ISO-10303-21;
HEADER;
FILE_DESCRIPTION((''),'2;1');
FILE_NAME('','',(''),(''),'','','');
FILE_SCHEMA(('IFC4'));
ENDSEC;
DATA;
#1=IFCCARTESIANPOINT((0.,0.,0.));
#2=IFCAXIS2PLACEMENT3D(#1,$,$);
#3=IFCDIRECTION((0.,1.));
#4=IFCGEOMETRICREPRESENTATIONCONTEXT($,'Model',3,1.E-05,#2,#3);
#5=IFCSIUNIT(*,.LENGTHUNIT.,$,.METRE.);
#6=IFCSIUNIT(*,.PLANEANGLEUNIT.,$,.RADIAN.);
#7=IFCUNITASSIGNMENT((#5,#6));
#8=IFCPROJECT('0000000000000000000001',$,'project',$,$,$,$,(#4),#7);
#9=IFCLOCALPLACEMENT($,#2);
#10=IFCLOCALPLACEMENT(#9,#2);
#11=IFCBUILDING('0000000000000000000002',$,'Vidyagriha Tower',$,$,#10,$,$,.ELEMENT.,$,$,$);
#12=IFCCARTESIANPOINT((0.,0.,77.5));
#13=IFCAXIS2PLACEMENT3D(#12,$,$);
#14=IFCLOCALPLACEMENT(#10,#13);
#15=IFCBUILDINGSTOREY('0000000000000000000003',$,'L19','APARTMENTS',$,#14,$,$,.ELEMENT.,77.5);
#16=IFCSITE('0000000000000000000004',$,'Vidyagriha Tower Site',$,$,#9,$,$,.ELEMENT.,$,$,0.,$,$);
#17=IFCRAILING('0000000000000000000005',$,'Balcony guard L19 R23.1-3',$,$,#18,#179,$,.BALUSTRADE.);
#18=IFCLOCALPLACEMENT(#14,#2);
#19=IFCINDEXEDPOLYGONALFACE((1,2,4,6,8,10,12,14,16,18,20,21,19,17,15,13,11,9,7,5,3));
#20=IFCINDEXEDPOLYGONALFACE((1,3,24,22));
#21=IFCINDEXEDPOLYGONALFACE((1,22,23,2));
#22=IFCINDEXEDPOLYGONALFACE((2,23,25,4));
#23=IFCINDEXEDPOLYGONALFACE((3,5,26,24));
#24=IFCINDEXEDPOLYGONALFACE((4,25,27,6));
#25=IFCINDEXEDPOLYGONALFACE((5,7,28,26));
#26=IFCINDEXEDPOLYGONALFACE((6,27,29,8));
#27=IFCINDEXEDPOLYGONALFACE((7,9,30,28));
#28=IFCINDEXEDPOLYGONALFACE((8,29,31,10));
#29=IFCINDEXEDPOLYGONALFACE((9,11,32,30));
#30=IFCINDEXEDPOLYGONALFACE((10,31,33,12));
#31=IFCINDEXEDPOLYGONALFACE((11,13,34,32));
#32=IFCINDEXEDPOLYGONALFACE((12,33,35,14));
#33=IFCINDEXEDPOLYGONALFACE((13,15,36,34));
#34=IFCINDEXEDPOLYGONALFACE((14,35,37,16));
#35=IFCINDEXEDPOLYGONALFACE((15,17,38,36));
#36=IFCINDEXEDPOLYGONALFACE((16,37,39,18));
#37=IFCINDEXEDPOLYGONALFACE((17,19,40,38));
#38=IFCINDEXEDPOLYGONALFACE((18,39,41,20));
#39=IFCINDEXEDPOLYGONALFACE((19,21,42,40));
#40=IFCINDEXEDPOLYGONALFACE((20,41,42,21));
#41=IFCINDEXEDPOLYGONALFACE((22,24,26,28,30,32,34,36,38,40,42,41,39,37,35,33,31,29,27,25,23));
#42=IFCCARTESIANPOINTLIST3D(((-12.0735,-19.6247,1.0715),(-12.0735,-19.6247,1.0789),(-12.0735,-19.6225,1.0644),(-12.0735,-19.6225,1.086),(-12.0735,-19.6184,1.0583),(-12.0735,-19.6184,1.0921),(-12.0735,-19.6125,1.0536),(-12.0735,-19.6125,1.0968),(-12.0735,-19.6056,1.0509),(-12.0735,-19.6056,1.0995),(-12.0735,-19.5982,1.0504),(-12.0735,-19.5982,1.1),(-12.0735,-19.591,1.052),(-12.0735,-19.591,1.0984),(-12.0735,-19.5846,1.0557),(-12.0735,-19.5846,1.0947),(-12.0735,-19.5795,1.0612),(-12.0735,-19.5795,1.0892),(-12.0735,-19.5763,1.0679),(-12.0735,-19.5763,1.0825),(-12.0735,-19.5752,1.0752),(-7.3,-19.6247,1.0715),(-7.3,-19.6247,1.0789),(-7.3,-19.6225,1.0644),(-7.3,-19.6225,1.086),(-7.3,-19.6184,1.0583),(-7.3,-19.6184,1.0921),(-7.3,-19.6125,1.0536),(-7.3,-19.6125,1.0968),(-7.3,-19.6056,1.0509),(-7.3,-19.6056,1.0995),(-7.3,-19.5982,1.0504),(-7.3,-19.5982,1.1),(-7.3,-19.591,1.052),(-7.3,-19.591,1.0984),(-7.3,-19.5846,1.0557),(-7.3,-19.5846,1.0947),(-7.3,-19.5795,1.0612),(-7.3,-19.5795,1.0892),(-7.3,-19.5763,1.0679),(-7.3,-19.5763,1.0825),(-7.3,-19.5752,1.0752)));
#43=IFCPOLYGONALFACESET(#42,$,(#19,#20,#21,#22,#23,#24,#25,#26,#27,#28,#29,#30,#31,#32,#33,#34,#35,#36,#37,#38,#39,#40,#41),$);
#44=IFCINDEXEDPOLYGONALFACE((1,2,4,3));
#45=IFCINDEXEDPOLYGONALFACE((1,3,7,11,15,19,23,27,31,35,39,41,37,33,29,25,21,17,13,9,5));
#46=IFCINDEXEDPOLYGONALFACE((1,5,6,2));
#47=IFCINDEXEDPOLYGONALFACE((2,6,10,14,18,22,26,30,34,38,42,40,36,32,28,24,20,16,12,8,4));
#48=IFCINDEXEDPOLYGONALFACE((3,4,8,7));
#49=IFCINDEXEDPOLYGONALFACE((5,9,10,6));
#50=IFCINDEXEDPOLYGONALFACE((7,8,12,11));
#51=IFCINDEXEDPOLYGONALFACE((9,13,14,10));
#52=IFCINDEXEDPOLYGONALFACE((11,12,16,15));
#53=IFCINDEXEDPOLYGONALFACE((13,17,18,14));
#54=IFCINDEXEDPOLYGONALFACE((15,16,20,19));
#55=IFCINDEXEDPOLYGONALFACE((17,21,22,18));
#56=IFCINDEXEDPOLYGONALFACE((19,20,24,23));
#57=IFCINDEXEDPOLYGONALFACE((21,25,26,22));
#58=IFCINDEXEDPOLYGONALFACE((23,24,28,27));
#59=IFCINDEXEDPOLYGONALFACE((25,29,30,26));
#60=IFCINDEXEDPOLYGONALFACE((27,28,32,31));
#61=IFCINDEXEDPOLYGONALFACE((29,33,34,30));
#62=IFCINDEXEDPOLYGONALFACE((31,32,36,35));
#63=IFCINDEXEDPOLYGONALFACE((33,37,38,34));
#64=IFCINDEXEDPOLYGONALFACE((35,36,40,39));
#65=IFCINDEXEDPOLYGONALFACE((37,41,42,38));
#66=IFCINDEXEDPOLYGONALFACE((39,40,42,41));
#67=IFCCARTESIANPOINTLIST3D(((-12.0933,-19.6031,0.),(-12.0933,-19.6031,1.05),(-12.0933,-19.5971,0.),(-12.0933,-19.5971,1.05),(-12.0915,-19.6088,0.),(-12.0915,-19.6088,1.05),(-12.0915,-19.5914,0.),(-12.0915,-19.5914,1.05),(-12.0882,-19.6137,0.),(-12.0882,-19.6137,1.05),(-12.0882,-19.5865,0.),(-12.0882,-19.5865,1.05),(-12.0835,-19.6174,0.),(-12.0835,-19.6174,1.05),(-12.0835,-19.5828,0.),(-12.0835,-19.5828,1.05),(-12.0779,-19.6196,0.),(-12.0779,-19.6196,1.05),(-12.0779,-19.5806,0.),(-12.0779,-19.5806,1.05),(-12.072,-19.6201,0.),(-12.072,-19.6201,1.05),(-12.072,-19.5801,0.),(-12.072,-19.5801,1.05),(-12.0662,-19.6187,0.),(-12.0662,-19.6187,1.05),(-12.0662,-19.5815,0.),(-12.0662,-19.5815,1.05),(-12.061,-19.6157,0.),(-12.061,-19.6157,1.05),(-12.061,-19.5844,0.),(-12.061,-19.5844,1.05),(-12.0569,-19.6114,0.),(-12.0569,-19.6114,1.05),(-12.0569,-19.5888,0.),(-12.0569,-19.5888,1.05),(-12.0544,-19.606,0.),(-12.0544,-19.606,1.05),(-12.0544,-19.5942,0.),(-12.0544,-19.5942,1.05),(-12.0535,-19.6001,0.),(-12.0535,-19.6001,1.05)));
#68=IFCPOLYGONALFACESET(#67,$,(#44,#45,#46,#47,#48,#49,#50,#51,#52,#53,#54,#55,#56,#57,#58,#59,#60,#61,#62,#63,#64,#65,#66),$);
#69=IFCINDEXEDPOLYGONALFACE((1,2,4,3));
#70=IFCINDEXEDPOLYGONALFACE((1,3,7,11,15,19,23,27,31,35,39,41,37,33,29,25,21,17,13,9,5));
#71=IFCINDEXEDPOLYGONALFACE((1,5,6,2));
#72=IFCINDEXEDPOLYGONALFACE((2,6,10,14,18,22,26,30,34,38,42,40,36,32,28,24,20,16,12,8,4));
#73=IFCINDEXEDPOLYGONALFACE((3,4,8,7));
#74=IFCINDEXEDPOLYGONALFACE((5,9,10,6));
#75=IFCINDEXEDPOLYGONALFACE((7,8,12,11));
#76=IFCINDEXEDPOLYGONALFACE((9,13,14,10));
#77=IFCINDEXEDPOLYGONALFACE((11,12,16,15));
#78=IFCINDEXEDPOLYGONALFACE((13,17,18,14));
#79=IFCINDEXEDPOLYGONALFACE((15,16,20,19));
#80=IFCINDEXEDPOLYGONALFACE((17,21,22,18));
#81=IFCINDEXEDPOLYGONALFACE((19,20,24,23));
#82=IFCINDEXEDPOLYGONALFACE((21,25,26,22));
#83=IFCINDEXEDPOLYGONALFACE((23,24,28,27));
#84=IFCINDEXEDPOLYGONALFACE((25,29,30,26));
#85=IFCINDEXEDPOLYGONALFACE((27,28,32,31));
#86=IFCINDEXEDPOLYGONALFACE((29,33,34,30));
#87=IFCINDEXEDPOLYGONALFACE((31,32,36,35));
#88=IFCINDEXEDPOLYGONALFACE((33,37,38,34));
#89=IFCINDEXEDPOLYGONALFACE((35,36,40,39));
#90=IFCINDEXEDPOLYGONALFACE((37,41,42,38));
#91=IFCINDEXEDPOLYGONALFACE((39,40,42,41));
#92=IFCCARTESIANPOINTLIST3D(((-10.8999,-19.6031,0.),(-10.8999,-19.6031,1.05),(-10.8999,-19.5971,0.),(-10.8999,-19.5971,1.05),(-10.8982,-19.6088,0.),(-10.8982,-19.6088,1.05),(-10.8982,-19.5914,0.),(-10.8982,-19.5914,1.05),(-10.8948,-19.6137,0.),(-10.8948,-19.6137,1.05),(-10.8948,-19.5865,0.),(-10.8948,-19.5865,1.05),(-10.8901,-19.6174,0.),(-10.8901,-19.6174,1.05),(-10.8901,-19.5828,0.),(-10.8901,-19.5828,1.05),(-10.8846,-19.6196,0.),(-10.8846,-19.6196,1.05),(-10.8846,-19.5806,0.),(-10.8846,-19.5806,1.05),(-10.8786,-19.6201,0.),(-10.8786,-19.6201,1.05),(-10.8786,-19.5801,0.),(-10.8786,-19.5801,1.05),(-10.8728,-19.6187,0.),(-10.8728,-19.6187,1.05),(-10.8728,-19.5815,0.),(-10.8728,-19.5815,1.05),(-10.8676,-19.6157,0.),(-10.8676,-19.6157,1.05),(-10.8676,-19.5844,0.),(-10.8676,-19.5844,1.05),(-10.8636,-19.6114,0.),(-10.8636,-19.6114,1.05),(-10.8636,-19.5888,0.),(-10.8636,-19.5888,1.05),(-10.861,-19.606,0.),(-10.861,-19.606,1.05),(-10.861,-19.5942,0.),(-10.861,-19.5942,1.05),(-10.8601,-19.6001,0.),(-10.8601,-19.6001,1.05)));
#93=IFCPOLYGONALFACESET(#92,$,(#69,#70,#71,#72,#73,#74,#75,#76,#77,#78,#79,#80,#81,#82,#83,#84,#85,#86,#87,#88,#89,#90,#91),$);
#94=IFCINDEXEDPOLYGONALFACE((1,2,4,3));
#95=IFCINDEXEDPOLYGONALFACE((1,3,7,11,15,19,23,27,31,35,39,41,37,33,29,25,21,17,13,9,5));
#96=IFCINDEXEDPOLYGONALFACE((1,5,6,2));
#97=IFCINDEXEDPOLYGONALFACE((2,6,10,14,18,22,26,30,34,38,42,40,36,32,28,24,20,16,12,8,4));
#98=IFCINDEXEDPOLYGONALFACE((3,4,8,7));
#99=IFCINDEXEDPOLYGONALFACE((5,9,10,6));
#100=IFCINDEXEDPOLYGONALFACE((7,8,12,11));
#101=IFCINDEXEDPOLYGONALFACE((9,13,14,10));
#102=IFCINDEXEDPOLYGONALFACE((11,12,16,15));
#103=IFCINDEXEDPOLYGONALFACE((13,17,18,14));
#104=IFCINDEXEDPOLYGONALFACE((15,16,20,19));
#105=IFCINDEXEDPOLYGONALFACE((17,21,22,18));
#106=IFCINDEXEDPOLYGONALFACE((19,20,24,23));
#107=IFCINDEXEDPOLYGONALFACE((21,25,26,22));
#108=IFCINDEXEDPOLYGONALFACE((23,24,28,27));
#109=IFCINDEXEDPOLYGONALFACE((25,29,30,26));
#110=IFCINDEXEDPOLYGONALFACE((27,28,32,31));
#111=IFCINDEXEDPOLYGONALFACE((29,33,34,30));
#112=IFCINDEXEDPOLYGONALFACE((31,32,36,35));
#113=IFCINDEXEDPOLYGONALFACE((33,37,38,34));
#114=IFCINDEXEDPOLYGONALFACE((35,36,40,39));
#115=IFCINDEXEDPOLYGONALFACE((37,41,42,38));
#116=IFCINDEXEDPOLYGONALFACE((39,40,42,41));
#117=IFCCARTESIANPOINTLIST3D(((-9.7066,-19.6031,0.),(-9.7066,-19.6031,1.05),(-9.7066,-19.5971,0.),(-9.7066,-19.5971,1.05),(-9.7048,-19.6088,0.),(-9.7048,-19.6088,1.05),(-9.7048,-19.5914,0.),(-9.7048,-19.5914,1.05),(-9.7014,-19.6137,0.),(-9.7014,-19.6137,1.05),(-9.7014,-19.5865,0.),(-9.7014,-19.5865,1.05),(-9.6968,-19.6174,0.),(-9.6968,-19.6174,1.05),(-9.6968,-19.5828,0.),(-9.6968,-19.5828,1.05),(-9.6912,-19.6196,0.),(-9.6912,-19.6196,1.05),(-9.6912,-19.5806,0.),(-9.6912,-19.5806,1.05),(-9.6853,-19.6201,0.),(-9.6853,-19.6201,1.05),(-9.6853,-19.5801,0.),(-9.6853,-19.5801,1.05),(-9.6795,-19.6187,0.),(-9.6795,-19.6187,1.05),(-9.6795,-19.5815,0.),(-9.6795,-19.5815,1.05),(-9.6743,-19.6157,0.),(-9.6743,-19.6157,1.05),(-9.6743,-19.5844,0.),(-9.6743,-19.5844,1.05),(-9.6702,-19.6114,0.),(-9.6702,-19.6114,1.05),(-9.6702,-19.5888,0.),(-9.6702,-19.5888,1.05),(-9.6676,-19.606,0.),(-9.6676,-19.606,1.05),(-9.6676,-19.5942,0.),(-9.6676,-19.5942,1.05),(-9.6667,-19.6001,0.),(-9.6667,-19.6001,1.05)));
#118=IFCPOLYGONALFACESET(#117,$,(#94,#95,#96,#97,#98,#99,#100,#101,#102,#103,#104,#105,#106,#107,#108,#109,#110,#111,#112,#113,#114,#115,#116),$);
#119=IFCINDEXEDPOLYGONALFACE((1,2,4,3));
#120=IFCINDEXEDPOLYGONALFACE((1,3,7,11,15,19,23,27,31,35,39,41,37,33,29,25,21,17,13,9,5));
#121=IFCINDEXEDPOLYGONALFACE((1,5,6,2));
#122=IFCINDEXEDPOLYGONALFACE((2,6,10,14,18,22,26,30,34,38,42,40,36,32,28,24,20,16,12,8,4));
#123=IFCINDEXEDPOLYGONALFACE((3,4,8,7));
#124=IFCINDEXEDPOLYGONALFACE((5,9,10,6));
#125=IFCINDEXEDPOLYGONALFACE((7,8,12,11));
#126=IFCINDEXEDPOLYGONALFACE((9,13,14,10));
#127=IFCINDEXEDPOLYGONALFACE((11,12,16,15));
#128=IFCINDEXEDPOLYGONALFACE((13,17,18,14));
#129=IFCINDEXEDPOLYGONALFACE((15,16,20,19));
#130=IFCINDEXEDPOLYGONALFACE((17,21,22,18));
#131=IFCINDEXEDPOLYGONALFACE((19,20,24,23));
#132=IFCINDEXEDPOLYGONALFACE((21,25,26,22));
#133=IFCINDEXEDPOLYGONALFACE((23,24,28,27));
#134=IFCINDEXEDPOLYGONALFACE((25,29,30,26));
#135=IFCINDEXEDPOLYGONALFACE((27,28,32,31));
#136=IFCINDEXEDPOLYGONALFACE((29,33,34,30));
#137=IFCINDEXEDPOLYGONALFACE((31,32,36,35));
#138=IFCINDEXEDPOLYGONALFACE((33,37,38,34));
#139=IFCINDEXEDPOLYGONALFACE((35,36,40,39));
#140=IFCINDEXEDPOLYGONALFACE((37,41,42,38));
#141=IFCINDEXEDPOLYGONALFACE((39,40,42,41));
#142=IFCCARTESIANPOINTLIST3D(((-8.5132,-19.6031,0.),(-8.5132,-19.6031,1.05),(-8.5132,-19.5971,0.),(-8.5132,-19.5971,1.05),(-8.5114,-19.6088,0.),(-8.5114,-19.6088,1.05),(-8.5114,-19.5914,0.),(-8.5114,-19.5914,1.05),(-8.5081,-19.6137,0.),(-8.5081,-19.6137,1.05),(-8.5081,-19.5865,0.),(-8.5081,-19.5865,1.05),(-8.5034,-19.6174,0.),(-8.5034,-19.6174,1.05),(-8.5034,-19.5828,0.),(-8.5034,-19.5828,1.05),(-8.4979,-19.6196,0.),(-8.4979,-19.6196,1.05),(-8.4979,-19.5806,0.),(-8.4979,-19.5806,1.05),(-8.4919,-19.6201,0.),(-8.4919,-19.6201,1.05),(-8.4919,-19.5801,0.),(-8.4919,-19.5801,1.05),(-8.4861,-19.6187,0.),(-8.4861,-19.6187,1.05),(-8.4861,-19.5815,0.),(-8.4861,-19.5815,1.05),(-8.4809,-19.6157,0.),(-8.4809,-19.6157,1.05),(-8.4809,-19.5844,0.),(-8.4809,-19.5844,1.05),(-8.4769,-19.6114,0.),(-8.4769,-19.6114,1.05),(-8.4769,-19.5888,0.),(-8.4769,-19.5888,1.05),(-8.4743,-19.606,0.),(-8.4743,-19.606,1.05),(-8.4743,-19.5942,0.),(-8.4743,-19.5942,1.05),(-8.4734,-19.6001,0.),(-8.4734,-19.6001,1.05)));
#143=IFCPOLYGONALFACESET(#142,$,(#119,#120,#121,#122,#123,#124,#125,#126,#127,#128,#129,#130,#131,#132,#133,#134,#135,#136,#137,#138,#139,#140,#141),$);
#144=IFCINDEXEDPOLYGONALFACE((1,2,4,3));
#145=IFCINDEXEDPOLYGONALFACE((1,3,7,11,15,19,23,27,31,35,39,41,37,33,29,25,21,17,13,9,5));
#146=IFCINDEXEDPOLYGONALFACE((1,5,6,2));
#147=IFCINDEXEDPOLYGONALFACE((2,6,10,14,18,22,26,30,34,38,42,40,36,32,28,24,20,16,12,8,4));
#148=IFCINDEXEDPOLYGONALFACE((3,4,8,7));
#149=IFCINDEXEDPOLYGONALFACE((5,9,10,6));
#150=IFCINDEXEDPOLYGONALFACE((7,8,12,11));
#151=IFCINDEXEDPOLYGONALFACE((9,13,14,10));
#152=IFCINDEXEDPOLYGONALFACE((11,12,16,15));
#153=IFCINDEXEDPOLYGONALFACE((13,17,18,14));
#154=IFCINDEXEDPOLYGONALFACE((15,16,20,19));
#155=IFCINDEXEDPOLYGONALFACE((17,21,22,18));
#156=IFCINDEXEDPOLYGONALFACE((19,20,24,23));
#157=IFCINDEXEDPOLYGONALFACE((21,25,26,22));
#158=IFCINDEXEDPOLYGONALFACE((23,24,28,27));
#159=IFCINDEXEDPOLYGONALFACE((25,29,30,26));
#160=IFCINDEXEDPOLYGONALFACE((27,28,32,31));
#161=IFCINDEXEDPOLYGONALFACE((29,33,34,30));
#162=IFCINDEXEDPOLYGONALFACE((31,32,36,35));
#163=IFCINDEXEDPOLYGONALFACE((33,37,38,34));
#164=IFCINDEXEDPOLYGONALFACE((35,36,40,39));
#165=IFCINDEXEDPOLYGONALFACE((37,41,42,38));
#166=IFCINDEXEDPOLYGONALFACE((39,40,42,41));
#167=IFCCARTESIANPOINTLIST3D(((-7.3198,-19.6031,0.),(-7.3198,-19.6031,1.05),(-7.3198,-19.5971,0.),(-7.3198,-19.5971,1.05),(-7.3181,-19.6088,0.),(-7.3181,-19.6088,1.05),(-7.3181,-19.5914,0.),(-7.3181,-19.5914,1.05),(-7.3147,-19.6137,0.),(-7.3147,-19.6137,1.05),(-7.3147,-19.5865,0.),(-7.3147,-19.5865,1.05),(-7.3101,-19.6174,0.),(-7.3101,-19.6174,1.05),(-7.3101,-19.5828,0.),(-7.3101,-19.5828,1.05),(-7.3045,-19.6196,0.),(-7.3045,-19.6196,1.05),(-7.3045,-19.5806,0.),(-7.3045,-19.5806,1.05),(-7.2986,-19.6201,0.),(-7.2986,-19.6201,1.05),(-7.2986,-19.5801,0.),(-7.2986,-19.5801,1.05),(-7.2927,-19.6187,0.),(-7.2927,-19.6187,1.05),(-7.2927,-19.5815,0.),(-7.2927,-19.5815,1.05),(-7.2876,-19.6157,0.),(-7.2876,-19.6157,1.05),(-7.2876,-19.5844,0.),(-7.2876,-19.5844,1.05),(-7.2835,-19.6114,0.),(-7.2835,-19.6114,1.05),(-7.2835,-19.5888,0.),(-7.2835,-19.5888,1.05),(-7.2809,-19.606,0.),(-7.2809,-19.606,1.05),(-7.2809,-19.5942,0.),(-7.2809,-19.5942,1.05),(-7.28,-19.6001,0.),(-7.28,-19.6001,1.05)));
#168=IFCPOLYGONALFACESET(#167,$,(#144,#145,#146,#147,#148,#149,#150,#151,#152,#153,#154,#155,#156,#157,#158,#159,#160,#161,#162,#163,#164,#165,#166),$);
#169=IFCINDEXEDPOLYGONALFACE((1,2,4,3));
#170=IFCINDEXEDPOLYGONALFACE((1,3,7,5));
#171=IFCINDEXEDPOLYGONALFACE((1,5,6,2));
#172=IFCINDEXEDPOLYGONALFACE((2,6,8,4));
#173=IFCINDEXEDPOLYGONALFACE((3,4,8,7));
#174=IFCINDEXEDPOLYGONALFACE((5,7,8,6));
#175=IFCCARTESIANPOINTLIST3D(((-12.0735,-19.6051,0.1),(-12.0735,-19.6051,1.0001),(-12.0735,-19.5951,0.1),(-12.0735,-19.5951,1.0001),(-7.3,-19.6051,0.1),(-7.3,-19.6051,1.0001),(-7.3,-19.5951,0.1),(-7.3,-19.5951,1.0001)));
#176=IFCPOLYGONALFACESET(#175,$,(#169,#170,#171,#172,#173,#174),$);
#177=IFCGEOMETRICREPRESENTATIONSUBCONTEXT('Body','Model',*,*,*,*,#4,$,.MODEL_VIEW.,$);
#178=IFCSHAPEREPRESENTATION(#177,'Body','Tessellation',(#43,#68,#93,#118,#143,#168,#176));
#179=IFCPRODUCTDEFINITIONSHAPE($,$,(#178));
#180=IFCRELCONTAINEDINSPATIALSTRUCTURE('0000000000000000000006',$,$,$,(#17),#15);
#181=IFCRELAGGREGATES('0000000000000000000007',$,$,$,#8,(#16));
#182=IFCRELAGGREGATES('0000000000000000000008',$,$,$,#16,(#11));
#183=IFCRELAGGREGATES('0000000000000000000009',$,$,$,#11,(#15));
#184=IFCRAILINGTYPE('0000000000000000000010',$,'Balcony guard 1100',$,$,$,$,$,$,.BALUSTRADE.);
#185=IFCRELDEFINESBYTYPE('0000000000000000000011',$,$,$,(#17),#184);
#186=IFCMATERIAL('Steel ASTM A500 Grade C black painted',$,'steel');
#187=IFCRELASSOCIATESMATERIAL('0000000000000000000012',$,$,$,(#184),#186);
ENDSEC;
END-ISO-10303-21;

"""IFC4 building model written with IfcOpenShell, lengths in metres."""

from ifc_helpers import new_model, si_unit, direction, frame, origin, origin_2d, place, context, subcontext, project, spatial, rectangle, circle, extrude, material, type_object, element, save


model = new_model("IFC4")

# Units and contexts
model_context = context("Model", 3, precision=1e-05, world=origin(), true_north=direction((0.0, 1.0)))
body_context = subcontext(model_context, "Body", "Model", "MODEL_VIEW")
ifc_project = project(units=[si_unit("LENGTHUNIT", "METRE"), si_unit("PLANEANGLEUNIT", "RADIAN")], contexts=[model_context])

# Site, building, storey
site_placement = place(None, origin())
site = spatial("IfcSite", under=ifc_project, at=site_placement, Name="Vidyagriha Tower Site", CompositionType="ELEMENT", RefElevation=0.0)
building_placement = place(site_placement, origin())
building = spatial("IfcBuilding", under=site, at=building_placement, Name="Vidyagriha Tower", CompositionType="ELEMENT")
storey_placement = place(building_placement, frame((0.0, 0.0, 77.5)))
storey = spatial("IfcBuildingStorey", under=building, at=storey_placement, Name="L19", Description="APARTMENTS", CompositionType="ELEMENT", Elevation=77.5)

# Railing
ifc_material_1 = material(Name="Steel ASTM A500 Grade C black painted", Category="steel")
railing_type = type_object("IfcRailingType", Name="Balcony guard 1100", PredefinedType="BALUSTRADE", material=ifc_material_1)
railing_1_placement = place(storey_placement, frame((-12.0735, -19.6001, 0.0)))
element("IfcRailing", 1, at=railing_1_placement, inside=storey, type_object=railing_type, Name="Balcony guard L19 R23.1-3", PredefinedType="BALUSTRADE", context=body_context, shape_type="SweptSolid", body=[
    extrude(circle(Radius=0.0249, at=origin_2d()), frame((0.0, 0.0, 1.0752), z_axis=(1.0, 0.0, 0.0), x_axis=(0.0, 1.0, 0.0)), (0.0, 0.0, 1.0), 4.7734),
    extrude(circle(Radius=0.02, at=origin_2d()), origin(), (0.0, 0.0, 1.0), 1.05),
    extrude(circle(Radius=0.02, at=origin_2d()), frame((1.1934, 0.0, 0.0)), (0.0, 0.0, 1.0), 1.05),
    extrude(circle(Radius=0.02, at=origin_2d()), frame((2.3867, 0.0, 0.0)), (0.0, 0.0, 1.0), 1.05),
    extrude(circle(Radius=0.02, at=origin_2d()), frame((3.5801, 0.0, 0.0)), (0.0, 0.0, 1.0), 1.05),
    extrude(circle(Radius=0.02, at=origin_2d()), frame((4.7734, 0.0, 0.0)), (0.0, 0.0, 1.0), 1.05),
    extrude(rectangle(XDim=0.01, YDim=0.9001, at=origin_2d()), frame((0.0, 0.0, 0.55), z_axis=(1.0, 0.0, 0.0), x_axis=(0.0, 1.0, 0.0)), (0.0, 0.0, 1.0), 4.7734),
])

save(model, "model.ifc")
